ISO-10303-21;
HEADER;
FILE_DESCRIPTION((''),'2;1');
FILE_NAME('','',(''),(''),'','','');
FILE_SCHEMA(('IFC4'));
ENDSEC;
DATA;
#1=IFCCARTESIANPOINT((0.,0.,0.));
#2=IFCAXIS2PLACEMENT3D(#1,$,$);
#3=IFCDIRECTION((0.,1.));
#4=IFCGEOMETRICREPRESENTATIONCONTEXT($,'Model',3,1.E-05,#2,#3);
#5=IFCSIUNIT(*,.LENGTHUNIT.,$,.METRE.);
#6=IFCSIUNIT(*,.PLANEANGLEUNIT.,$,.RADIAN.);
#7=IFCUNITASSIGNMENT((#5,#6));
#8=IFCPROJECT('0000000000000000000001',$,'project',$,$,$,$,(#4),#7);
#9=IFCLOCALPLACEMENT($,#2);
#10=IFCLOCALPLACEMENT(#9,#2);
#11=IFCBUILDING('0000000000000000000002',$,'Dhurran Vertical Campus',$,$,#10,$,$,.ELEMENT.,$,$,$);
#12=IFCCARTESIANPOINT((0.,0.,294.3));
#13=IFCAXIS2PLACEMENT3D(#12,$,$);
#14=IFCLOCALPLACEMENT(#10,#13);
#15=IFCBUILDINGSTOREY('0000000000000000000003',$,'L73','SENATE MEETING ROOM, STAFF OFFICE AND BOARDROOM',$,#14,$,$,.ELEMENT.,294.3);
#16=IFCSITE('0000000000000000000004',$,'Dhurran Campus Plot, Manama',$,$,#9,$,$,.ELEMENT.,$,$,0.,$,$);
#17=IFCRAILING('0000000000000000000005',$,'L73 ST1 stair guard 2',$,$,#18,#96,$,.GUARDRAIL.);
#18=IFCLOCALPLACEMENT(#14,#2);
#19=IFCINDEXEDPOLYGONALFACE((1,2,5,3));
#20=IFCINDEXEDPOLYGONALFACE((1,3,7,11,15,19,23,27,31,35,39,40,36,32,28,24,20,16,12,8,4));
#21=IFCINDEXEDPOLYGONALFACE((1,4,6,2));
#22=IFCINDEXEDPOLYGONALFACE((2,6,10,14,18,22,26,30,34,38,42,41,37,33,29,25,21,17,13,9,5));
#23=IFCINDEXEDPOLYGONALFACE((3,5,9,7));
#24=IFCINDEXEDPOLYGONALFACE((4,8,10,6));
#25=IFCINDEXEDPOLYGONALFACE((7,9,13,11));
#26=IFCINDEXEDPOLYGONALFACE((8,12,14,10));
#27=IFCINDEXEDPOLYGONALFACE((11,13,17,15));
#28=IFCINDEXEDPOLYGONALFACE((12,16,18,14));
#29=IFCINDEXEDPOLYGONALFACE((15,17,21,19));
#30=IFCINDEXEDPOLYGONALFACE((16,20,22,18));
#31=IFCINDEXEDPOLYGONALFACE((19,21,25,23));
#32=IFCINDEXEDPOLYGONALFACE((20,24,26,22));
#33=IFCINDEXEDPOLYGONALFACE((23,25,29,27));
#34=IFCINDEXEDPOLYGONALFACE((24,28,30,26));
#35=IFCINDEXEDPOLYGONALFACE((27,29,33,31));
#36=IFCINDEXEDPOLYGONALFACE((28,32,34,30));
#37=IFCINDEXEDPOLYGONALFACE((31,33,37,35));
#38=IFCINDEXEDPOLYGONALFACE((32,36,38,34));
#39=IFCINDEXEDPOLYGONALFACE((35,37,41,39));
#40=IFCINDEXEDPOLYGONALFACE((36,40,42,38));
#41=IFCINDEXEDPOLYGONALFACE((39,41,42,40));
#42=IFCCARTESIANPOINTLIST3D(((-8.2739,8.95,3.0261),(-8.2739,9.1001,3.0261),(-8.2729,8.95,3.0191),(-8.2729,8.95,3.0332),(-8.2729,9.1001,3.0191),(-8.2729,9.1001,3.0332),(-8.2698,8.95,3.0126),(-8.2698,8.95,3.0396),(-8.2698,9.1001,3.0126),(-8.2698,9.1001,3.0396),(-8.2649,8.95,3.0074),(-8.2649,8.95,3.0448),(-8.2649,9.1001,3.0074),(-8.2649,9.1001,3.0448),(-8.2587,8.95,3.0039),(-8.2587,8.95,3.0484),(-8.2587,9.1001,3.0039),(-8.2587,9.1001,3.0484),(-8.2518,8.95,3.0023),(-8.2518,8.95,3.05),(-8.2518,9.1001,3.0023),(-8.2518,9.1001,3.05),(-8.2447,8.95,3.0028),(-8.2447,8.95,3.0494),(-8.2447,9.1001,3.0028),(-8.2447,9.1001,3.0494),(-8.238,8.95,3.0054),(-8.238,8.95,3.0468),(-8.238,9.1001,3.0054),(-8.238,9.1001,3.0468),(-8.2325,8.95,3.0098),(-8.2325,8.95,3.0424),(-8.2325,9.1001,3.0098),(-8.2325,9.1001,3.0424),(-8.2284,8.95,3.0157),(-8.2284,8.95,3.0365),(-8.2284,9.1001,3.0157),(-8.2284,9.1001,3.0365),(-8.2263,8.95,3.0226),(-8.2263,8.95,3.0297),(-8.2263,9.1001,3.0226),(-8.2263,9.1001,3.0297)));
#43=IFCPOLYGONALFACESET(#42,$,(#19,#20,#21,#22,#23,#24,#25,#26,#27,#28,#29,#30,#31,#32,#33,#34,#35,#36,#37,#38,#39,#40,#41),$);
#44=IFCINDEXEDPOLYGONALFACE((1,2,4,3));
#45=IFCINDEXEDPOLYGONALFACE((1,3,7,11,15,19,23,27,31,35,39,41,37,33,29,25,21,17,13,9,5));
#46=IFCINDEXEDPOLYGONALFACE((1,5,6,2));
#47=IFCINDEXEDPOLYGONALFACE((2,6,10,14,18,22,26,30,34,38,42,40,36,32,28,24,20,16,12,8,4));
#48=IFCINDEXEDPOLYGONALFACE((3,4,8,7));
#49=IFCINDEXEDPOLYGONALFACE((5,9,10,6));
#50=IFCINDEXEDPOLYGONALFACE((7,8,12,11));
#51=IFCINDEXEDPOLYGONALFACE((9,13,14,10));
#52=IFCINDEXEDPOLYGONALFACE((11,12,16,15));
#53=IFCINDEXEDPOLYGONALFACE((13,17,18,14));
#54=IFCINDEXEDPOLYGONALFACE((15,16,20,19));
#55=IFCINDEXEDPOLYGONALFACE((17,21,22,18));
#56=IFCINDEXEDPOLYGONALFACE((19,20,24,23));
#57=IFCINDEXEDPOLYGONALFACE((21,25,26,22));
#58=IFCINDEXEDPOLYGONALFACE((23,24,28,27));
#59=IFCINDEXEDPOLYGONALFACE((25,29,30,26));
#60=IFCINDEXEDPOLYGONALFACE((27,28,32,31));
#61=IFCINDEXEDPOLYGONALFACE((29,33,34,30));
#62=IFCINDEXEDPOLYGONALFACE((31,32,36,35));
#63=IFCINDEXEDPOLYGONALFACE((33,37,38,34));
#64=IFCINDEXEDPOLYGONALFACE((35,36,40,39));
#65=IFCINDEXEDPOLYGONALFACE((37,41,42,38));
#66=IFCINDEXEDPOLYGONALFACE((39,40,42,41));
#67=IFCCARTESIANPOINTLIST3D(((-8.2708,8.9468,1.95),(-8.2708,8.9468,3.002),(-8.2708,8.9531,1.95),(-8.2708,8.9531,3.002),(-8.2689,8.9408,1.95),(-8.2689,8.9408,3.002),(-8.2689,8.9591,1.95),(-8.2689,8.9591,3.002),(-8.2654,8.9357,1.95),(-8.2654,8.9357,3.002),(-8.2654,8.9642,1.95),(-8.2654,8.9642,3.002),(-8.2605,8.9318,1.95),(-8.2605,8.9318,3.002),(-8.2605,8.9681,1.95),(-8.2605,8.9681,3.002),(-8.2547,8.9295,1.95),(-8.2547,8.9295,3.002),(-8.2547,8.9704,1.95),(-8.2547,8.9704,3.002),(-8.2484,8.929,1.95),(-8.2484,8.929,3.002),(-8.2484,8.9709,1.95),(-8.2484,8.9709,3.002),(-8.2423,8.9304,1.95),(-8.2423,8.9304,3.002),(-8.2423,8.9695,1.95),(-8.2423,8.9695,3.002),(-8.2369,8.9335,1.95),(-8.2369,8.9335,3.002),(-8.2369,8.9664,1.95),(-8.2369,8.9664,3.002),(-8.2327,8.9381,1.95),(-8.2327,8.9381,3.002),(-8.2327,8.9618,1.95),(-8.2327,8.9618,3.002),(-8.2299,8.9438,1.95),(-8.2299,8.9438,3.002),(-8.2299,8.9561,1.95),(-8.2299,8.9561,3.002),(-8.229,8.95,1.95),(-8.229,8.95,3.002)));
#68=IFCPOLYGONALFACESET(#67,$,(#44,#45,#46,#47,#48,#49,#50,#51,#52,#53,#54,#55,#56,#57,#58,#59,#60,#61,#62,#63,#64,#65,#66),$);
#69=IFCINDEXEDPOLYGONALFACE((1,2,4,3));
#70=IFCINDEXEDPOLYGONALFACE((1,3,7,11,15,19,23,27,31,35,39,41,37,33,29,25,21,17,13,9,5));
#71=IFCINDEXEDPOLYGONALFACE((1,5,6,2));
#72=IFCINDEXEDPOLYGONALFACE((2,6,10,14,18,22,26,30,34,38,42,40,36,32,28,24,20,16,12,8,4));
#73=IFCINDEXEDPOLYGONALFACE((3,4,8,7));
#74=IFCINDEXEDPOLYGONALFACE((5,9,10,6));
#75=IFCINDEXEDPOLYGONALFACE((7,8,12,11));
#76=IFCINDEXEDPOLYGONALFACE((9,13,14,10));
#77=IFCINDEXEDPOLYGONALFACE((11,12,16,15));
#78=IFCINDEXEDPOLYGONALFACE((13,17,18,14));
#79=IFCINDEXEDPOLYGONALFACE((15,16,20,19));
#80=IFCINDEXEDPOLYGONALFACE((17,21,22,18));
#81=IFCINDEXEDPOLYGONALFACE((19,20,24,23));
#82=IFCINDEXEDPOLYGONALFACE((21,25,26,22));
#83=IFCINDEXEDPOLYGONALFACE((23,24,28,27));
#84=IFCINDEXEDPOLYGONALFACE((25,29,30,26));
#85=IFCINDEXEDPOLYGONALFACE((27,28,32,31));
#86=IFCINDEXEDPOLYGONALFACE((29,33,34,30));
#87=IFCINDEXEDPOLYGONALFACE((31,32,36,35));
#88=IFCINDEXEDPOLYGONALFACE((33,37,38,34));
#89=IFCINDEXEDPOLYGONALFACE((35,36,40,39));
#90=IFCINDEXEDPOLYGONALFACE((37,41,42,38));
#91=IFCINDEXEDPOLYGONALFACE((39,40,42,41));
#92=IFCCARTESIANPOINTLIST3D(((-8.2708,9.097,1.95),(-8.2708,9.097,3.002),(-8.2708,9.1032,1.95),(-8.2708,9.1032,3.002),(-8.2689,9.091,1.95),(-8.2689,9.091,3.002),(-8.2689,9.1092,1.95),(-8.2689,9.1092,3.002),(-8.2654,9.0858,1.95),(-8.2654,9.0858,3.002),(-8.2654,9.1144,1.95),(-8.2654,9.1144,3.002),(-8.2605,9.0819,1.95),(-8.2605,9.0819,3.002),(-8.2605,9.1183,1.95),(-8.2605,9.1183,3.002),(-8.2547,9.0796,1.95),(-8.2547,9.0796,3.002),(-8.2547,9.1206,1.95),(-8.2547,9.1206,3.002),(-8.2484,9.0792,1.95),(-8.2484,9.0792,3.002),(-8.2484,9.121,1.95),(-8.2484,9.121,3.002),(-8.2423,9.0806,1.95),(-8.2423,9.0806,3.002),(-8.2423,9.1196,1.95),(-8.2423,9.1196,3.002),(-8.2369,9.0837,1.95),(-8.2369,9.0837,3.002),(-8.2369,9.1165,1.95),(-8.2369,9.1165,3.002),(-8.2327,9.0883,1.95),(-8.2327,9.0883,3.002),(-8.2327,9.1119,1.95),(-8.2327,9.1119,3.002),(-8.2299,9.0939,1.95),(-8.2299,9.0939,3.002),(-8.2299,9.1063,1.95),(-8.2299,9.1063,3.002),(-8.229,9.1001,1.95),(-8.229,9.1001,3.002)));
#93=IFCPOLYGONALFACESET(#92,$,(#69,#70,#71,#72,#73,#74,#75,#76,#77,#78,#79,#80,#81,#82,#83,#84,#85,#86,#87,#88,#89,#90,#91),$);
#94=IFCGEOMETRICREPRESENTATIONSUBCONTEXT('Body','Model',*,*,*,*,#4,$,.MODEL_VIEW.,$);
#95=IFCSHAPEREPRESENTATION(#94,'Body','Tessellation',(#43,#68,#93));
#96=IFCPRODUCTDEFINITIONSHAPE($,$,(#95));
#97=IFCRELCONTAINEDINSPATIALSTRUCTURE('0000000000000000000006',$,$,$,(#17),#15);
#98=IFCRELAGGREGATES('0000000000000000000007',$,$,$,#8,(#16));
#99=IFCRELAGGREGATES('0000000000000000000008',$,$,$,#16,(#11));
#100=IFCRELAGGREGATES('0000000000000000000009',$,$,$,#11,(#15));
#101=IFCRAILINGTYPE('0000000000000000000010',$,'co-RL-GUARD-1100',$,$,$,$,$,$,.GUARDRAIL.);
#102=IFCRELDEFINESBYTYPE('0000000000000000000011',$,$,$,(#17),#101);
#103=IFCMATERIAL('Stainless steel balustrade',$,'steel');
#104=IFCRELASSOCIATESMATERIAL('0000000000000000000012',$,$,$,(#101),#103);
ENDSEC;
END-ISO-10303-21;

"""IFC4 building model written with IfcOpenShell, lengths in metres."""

from ifc_helpers import new_model, si_unit, direction, frame, origin, origin_2d, place, context, subcontext, project, spatial, circle, extrude, material, type_object, element, save


model = new_model("IFC4")

# Units and contexts
model_context = context("Model", 3, precision=1e-05, world=origin(), true_north=direction((0.0, 1.0)))
body_context = subcontext(model_context, "Body", "Model", "MODEL_VIEW")
ifc_project = project(units=[si_unit("LENGTHUNIT", "METRE"), si_unit("PLANEANGLEUNIT", "RADIAN")], contexts=[model_context])

# Site, building, storey
site_placement = place(None, origin())
site = spatial("IfcSite", under=ifc_project, at=site_placement, Name="Dhurran Campus Plot, Manama", CompositionType="ELEMENT", RefElevation=0.0)
building_placement = place(site_placement, origin())
building = spatial("IfcBuilding", under=site, at=building_placement, Name="Dhurran Vertical Campus", CompositionType="ELEMENT")
storey_placement = place(building_placement, frame((0.0, 0.0, 294.3)))
storey = spatial("IfcBuildingStorey", under=building, at=storey_placement, Name="L73", Description="SENATE MEETING ROOM, STAFF OFFICE AND BOARDROOM", CompositionType="ELEMENT", Elevation=294.3)

# Railing
ifc_material_1 = material(Name="Stainless steel balustrade", Category="steel")
railing_type_1 = type_object("IfcRailingType", Name="co-RL-GUARD-1100", PredefinedType="GUARDRAIL", material=ifc_material_1)
railing_1_placement = place(storey_placement, frame((-8.25, 8.95, 1.95)))
element("IfcRailing", 1, at=railing_1_placement, inside=storey, type_object=railing_type_1, Name="L73 ST1 stair guard 2", PredefinedType="GUARDRAIL", context=body_context, shape_type="SweptSolid", body=[
    extrude(circle(Radius=0.0239, at=origin_2d()), frame((0.0, 0.0, 1.0762), z_axis=(0.0, 1.0, 0.0), x_axis=(-1.0, 0.0, 0.0)), (0.0, 0.0, 1.0), 0.1501),
    extrude(circle(Radius=0.021, at=origin_2d()), origin(), (0.0, 0.0, 1.0), 1.052),
    extrude(circle(Radius=0.021, at=origin_2d()), frame((0.0, 0.1501, 0.0)), (0.0, 0.0, 1.0), 1.052),
])

save(model, "model.ifc")
